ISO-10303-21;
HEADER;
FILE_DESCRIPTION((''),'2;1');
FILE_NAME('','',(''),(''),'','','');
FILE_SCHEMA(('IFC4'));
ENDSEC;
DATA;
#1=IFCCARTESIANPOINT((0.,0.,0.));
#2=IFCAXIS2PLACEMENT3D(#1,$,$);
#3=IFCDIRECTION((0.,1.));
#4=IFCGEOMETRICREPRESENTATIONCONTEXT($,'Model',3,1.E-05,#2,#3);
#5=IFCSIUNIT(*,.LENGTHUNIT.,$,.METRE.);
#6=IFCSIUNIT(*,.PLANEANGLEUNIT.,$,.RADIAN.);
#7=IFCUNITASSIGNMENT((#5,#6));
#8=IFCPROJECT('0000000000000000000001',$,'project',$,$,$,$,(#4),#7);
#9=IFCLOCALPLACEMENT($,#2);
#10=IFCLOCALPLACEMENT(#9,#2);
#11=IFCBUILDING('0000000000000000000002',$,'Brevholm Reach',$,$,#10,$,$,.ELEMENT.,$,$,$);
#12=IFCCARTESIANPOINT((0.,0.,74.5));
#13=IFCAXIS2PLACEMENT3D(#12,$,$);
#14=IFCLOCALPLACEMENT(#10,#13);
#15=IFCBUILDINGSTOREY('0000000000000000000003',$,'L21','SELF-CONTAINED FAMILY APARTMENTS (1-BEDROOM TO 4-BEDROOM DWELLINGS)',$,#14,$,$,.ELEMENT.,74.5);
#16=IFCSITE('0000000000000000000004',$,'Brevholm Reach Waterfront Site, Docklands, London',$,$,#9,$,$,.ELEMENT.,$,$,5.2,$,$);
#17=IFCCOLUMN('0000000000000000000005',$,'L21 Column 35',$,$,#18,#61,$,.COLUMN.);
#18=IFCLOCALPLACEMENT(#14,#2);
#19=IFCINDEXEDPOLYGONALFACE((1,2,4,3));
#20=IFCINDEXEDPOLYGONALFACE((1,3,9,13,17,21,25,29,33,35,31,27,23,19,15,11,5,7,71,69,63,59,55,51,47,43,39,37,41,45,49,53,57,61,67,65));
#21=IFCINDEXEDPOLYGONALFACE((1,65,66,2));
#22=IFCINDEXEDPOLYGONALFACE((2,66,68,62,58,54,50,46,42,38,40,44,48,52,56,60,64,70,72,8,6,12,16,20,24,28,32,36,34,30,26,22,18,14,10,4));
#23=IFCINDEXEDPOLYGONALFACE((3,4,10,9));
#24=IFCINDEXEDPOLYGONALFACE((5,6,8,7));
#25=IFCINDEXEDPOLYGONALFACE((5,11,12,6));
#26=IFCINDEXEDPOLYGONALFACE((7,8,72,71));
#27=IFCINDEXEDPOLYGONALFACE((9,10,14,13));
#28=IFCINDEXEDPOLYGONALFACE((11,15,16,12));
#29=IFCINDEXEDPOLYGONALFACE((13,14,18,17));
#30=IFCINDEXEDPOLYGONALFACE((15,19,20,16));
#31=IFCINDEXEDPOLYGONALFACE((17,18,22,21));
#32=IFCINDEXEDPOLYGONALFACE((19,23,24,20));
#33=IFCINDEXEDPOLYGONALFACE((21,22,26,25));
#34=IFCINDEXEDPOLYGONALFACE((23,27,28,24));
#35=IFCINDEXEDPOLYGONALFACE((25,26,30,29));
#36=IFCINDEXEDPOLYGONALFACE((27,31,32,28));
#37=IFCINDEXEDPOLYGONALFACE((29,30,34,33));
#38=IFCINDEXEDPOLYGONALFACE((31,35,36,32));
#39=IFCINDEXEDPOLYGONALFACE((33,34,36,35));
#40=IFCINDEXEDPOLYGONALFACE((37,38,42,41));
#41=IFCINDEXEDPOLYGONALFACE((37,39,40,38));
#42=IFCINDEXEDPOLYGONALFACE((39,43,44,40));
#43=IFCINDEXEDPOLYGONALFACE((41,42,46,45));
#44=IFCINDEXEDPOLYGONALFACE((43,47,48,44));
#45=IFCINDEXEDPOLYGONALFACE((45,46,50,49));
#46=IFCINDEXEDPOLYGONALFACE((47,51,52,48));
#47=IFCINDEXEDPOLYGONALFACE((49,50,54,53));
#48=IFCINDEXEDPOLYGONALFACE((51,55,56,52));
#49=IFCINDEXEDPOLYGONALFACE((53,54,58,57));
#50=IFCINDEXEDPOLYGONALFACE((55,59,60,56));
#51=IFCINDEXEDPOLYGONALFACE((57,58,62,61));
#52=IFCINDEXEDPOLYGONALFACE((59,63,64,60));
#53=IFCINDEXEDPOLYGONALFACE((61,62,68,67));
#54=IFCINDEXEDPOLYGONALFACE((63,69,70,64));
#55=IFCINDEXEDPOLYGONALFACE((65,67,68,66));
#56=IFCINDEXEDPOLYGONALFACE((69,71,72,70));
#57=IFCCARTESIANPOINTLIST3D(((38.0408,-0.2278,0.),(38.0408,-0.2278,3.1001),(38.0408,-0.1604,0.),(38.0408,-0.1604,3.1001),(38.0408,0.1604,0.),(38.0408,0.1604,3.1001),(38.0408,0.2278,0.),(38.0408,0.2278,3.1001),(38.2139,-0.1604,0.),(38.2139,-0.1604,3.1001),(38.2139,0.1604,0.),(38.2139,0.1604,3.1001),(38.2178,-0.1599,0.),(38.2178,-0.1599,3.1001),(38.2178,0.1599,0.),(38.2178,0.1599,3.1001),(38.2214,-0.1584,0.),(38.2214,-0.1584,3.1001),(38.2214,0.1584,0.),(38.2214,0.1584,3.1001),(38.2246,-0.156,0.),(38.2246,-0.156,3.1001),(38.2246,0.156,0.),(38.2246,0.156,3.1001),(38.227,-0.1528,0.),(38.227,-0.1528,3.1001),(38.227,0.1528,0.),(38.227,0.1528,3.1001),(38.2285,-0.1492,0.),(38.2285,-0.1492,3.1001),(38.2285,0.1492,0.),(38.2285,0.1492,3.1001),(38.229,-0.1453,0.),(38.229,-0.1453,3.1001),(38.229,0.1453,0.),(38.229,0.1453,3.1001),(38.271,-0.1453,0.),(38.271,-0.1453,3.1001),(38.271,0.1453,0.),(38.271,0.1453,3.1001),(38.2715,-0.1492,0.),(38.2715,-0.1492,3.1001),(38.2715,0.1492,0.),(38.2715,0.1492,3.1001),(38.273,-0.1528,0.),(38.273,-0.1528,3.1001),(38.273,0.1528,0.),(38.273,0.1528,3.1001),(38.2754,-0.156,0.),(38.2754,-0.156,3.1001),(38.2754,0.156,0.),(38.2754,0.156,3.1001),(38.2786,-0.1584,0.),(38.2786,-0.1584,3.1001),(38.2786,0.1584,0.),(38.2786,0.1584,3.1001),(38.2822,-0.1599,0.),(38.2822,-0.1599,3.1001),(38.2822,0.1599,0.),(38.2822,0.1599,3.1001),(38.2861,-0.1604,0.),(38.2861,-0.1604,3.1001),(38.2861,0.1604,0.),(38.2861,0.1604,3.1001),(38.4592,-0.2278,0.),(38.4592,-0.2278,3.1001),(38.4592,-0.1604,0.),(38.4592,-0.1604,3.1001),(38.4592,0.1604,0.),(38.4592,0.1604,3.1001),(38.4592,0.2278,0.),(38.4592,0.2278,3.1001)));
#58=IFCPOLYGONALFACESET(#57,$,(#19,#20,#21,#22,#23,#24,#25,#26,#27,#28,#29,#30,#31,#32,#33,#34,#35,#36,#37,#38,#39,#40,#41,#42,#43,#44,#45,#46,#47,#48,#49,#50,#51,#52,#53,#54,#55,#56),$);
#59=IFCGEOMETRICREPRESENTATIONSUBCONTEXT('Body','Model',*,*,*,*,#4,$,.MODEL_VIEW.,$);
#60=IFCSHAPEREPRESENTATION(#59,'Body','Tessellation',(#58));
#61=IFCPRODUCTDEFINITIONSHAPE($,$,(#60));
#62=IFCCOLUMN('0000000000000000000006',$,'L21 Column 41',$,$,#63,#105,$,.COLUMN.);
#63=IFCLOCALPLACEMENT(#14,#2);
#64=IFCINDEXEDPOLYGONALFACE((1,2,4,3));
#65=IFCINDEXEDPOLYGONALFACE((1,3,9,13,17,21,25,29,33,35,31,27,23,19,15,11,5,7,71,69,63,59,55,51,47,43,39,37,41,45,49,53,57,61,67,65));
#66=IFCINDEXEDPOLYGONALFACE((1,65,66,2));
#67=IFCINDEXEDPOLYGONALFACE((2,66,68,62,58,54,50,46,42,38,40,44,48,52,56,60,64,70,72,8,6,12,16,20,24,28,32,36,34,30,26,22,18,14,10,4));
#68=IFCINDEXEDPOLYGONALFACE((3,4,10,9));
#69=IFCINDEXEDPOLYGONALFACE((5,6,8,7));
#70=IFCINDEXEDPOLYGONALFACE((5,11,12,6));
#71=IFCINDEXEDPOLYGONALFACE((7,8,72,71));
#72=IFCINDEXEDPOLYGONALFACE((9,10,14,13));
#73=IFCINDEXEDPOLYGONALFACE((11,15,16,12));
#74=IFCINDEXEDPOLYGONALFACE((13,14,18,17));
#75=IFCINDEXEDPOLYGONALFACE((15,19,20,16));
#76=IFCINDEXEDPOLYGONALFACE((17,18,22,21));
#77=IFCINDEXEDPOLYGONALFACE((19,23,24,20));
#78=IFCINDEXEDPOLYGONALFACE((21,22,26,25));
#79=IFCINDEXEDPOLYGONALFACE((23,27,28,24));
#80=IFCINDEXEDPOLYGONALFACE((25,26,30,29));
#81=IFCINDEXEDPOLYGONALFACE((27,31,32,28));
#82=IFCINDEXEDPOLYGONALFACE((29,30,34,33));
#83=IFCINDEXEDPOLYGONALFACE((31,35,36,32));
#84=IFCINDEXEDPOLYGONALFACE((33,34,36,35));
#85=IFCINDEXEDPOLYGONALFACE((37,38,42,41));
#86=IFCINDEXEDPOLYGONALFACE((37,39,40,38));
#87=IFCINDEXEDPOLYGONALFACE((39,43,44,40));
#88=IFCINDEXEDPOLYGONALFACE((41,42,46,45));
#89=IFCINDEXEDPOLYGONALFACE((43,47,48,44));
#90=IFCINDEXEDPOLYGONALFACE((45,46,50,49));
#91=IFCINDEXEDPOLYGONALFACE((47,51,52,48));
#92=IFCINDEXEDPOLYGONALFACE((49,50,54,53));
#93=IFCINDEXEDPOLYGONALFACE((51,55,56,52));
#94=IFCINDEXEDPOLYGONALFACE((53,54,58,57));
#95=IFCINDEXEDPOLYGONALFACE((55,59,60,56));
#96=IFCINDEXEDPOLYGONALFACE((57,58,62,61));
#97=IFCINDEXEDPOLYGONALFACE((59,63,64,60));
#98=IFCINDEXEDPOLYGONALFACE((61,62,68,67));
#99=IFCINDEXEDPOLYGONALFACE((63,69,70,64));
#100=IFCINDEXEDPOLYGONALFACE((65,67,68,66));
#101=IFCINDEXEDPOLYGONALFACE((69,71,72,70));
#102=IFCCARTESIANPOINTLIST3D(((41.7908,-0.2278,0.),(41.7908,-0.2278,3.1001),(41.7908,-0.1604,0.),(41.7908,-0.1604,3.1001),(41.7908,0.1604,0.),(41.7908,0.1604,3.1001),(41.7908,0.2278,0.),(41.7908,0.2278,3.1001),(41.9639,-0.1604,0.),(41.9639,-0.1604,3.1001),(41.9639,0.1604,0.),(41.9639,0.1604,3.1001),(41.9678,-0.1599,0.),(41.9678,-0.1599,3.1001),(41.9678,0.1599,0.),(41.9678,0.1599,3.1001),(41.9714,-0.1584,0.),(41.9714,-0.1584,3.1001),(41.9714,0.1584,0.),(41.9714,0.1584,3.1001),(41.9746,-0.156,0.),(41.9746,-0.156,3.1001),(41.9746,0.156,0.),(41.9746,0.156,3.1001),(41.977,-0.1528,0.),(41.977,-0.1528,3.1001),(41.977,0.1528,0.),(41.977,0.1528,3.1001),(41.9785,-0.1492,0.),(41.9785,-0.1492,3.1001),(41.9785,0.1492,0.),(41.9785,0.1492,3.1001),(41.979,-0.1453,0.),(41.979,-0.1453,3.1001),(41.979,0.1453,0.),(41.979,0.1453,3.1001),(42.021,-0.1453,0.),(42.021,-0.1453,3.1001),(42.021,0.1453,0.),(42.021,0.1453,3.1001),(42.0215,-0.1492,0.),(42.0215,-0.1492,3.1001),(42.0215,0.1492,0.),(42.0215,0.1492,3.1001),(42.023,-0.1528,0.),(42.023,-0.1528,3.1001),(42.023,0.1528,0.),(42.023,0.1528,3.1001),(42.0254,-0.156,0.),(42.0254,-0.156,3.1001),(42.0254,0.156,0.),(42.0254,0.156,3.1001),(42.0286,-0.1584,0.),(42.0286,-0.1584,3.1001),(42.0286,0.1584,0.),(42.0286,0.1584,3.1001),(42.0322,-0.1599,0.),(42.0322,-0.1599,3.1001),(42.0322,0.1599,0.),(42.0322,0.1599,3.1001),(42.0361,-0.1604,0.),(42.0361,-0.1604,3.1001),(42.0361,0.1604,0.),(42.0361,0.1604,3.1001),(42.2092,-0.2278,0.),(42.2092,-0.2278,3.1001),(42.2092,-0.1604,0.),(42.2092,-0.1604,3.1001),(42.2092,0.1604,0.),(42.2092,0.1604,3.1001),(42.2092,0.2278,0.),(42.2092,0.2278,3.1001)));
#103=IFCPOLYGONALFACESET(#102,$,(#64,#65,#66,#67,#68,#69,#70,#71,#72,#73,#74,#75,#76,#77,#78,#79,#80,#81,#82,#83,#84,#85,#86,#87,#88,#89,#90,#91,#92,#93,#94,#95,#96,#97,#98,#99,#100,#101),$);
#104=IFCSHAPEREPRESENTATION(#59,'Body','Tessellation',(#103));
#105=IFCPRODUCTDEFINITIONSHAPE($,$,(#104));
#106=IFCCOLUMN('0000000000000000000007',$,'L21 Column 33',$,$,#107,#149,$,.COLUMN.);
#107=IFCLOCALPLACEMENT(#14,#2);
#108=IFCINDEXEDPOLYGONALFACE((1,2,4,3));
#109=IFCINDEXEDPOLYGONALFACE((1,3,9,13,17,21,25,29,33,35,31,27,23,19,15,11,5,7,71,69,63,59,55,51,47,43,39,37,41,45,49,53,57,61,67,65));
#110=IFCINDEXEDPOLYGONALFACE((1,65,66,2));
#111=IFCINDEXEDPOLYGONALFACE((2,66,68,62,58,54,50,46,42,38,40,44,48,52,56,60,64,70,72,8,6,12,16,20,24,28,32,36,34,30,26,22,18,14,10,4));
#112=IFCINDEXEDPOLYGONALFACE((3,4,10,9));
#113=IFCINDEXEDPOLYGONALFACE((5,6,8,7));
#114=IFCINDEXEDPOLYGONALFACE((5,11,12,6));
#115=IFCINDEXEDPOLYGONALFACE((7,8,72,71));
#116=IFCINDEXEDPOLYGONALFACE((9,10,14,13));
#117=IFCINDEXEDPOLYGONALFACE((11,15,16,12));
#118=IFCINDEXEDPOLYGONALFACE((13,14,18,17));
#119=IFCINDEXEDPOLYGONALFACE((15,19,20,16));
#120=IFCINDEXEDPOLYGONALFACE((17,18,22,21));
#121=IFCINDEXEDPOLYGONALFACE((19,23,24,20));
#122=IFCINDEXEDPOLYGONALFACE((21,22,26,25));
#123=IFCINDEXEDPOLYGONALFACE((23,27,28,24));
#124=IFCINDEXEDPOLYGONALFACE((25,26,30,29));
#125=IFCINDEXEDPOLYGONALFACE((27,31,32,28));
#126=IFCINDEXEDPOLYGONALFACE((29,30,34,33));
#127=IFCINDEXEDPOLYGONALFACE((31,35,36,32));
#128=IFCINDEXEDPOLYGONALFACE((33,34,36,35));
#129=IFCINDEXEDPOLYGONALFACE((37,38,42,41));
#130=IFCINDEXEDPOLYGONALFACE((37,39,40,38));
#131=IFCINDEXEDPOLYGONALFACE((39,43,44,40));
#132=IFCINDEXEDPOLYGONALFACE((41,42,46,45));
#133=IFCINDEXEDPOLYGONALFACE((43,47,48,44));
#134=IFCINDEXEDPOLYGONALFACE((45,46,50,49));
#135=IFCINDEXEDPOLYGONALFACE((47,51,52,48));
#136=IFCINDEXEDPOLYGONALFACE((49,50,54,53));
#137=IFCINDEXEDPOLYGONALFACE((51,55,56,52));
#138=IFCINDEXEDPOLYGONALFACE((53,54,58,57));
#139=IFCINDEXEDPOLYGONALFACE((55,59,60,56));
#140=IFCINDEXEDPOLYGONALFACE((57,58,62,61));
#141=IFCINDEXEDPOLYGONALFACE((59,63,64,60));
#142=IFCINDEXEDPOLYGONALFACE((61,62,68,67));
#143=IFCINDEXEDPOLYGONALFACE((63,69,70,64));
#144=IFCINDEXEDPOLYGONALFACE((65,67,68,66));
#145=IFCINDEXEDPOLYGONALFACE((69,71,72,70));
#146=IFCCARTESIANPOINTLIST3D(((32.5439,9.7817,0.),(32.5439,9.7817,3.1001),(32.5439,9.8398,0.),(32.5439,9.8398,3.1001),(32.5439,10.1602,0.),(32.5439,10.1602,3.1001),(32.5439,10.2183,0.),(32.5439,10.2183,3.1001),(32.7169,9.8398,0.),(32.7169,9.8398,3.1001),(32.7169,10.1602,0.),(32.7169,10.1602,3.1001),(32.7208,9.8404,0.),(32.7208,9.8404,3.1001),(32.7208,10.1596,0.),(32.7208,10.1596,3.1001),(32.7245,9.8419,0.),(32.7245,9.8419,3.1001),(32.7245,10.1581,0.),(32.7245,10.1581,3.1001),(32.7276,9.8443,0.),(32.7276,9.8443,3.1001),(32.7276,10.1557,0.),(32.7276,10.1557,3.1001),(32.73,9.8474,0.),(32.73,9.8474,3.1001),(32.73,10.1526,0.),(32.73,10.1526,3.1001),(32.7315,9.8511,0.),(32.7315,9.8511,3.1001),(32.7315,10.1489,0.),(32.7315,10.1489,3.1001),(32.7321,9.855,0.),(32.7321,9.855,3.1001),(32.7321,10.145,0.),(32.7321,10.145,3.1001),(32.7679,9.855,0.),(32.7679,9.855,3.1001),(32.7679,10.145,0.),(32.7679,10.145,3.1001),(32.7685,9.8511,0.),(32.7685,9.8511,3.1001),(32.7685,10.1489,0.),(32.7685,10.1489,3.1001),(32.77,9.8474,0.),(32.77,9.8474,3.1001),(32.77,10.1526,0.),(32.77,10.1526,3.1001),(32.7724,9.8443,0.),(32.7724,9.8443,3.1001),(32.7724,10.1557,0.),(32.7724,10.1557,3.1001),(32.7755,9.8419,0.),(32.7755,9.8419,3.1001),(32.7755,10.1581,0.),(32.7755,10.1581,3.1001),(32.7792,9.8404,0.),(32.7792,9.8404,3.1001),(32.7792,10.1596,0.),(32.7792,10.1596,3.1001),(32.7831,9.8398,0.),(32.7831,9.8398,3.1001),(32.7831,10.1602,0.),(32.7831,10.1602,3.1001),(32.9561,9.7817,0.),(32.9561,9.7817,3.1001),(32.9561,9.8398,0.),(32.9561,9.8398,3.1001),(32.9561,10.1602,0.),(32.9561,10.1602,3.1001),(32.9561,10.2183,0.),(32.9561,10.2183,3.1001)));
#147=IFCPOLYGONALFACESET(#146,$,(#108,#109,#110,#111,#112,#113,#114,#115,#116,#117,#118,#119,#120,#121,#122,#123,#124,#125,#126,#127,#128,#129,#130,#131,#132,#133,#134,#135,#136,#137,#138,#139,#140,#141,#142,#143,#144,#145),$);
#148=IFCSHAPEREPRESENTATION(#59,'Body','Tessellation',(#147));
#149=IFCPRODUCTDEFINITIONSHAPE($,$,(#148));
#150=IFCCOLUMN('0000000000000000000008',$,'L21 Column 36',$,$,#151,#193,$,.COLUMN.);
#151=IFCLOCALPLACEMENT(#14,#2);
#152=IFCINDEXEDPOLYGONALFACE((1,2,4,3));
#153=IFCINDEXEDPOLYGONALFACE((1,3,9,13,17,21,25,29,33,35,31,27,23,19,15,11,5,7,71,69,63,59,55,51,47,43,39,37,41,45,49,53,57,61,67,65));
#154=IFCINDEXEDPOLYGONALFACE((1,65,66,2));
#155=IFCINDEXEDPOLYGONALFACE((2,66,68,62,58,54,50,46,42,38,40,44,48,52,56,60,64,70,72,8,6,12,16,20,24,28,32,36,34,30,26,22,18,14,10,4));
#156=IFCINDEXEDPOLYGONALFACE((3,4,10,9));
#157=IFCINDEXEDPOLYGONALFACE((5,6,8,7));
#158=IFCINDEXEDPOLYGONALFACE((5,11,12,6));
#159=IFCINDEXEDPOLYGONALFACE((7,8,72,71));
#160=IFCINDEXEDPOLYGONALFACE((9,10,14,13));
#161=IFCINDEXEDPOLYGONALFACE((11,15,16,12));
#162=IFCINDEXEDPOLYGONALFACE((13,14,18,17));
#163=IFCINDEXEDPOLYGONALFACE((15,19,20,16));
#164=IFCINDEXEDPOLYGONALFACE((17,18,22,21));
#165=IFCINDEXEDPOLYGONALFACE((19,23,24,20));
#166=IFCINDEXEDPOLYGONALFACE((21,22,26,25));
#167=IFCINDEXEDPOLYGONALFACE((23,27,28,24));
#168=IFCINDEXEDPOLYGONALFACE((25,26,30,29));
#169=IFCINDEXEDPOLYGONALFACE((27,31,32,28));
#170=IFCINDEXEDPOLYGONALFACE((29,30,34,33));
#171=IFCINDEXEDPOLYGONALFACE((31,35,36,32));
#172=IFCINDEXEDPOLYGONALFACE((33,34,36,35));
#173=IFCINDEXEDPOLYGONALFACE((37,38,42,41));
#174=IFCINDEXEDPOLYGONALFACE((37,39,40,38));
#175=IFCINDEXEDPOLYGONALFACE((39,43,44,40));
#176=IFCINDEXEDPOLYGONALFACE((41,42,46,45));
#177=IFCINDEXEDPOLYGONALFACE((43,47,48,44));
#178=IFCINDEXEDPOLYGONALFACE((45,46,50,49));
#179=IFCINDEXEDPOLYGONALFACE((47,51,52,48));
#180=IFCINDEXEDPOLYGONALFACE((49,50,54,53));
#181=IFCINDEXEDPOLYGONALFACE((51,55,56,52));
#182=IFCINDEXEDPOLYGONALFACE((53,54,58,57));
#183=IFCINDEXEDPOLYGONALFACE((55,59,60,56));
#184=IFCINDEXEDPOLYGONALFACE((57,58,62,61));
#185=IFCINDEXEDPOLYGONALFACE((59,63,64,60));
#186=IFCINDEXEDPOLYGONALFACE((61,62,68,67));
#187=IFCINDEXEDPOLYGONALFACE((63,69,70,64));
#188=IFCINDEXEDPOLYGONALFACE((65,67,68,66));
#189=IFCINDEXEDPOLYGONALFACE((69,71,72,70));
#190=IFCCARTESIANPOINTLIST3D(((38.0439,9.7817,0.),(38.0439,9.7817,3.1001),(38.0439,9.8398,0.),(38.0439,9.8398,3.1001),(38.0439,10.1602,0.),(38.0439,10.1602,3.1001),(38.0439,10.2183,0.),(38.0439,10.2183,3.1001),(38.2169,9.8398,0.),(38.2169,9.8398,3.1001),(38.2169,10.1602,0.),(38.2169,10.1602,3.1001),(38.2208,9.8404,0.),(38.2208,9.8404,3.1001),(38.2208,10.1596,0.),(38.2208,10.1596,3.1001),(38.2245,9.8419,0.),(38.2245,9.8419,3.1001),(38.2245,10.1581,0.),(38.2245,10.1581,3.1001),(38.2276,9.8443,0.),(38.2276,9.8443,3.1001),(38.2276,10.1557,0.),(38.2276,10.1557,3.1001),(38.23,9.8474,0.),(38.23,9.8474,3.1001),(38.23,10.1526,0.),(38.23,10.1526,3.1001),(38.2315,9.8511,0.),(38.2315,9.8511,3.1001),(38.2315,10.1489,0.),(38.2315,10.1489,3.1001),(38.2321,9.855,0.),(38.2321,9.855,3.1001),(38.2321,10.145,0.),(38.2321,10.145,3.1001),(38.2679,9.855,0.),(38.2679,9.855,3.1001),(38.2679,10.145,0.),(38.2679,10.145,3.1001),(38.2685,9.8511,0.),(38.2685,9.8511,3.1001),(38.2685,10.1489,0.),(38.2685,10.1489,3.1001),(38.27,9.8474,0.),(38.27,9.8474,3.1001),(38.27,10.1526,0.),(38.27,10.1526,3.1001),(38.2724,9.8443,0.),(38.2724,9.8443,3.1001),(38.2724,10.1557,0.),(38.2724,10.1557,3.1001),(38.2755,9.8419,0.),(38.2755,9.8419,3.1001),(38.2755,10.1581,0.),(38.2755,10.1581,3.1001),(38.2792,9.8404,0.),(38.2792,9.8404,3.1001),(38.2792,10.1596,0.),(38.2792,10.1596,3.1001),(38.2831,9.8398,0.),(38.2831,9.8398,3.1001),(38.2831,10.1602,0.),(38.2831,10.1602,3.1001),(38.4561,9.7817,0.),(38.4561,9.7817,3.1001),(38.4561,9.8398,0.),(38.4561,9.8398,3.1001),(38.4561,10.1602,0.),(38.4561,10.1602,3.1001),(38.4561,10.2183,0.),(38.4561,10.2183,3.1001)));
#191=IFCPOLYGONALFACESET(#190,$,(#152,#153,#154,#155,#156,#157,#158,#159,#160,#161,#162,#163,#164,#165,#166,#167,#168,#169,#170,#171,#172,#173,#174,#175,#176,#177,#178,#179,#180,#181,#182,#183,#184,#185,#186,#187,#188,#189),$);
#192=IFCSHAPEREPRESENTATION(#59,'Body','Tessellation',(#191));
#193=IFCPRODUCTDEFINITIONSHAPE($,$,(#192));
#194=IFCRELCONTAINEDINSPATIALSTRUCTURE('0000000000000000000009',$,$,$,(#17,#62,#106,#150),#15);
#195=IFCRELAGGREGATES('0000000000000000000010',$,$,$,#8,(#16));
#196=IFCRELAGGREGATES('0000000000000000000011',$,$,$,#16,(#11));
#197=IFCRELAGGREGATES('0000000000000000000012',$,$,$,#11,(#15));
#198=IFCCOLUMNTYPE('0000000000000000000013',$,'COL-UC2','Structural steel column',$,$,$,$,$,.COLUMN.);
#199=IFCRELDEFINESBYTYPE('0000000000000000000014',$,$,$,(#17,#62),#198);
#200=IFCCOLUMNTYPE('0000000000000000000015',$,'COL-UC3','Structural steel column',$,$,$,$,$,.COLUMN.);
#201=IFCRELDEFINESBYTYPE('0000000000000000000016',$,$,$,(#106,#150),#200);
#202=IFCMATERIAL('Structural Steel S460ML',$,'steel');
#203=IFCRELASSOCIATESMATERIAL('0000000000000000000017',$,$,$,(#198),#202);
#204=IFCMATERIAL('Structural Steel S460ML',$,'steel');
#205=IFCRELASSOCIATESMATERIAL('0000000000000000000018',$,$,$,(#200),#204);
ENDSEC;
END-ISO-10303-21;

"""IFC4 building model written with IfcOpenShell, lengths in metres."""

from ifc_helpers import new_model, si_unit, direction, frame, origin, origin_2d, place, context, subcontext, project, spatial, i_section, extrude, material, material_profile, profile_set, type_object, element, save


model = new_model("IFC4")

# Units and contexts
model_context = context("Model", 3, precision=1e-05, world=origin(), true_north=direction((0.0, 1.0)))
body_context = subcontext(model_context, "Body", "Model", "MODEL_VIEW")
ifc_project = project(units=[si_unit("LENGTHUNIT", "METRE"), si_unit("PLANEANGLEUNIT", "RADIAN")], contexts=[model_context])

# Site, building, storey
site_placement = place(None, origin())
site = spatial("IfcSite", under=ifc_project, at=site_placement, Name="Brevholm Reach Waterfront Site, Docklands, London", CompositionType="ELEMENT", RefElevation=5.2)
building_placement = place(site_placement, origin())
building = spatial("IfcBuilding", under=site, at=building_placement, Name="Brevholm Reach", CompositionType="ELEMENT")
storey_placement = place(building_placement, frame((0.0, 0.0, 74.5)))
storey = spatial("IfcBuildingStorey", under=building, at=storey_placement, Name="L21", Description="SELF-CONTAINED FAMILY APARTMENTS (1-BEDROOM TO 4-BEDROOM DWELLINGS)", CompositionType="ELEMENT", Elevation=74.5)

# Columns
ifc_material_1 = material(Name="Structural Steel S460ML", Category="steel")
ifc_material_profile_1 = material_profile(ifc_material_1, i_section(OverallWidth=0.4185, OverallDepth=0.4556, WebThickness=0.042, FlangeThickness=0.0674, FilletRadius=0.0151, at=origin_2d()), Name="UKC 356x406x551")
ifc_profile_set_1 = profile_set([ifc_material_profile_1], Name="Structural Steel S460ML")
column_type_1 = type_object("IfcColumnType", Name="COL-UC2", Description="Structural steel column", PredefinedType="COLUMN", material=ifc_profile_set_1)
for number, where, z_axis, x_axis, name in (
    (1, (38.25, 0.0, 0.0), (0.0, 0.0, 1.0), (1.0, 0.0, 0.0), "L21 Column 35"),
    (2, (42.0, 0.0, 0.0), (0.0, 0.0, 1.0), (1.0, 0.0, 0.0), "L21 Column 41"),
):
    element("IfcColumn", number, at=place(storey_placement, frame(where, z_axis=z_axis, x_axis=x_axis)), inside=storey, type_object=column_type_1, Name=name, PredefinedType="COLUMN", context=body_context, shape_type="SweptSolid", body=[
        extrude(i_section(OverallWidth=0.4185, OverallDepth=0.4556, WebThickness=0.042, FlangeThickness=0.0674, FilletRadius=0.0151, at=origin_2d()), origin(), (0.0, 0.0, 1.0), 3.1001),
    ])
ifc_material_2 = material(Name="Structural Steel S460ML", Category="steel")
ifc_material_profile_2 = material_profile(ifc_material_2, i_section(OverallWidth=0.4121, OverallDepth=0.4365, WebThickness=0.0359, FlangeThickness=0.0581, FilletRadius=0.0151, at=origin_2d()), Name="UKC 356x406x467")
ifc_profile_set_2 = profile_set([ifc_material_profile_2], Name="Structural Steel S460ML")
column_type_2 = type_object("IfcColumnType", Name="COL-UC3", Description="Structural steel column", PredefinedType="COLUMN", material=ifc_profile_set_2)
for number, where, z_axis, x_axis, name in (
    (3, (32.75, 10.0, 0.0), (0.0, 0.0, 1.0), (1.0, 0.0, 0.0), "L21 Column 33"),
    (4, (38.25, 10.0, 0.0), (0.0, 0.0, 1.0), (1.0, 0.0, 0.0), "L21 Column 36"),
):
    element("IfcColumn", number, at=place(storey_placement, frame(where, z_axis=z_axis, x_axis=x_axis)), inside=storey, type_object=column_type_2, Name=name, PredefinedType="COLUMN", context=body_context, shape_type="SweptSolid", body=[
        extrude(i_section(OverallWidth=0.4121, OverallDepth=0.4365, WebThickness=0.0359, FlangeThickness=0.0581, FilletRadius=0.0151, at=origin_2d()), origin(), (0.0, 0.0, 1.0), 3.1001),
    ])

save(model, "model.ifc")
